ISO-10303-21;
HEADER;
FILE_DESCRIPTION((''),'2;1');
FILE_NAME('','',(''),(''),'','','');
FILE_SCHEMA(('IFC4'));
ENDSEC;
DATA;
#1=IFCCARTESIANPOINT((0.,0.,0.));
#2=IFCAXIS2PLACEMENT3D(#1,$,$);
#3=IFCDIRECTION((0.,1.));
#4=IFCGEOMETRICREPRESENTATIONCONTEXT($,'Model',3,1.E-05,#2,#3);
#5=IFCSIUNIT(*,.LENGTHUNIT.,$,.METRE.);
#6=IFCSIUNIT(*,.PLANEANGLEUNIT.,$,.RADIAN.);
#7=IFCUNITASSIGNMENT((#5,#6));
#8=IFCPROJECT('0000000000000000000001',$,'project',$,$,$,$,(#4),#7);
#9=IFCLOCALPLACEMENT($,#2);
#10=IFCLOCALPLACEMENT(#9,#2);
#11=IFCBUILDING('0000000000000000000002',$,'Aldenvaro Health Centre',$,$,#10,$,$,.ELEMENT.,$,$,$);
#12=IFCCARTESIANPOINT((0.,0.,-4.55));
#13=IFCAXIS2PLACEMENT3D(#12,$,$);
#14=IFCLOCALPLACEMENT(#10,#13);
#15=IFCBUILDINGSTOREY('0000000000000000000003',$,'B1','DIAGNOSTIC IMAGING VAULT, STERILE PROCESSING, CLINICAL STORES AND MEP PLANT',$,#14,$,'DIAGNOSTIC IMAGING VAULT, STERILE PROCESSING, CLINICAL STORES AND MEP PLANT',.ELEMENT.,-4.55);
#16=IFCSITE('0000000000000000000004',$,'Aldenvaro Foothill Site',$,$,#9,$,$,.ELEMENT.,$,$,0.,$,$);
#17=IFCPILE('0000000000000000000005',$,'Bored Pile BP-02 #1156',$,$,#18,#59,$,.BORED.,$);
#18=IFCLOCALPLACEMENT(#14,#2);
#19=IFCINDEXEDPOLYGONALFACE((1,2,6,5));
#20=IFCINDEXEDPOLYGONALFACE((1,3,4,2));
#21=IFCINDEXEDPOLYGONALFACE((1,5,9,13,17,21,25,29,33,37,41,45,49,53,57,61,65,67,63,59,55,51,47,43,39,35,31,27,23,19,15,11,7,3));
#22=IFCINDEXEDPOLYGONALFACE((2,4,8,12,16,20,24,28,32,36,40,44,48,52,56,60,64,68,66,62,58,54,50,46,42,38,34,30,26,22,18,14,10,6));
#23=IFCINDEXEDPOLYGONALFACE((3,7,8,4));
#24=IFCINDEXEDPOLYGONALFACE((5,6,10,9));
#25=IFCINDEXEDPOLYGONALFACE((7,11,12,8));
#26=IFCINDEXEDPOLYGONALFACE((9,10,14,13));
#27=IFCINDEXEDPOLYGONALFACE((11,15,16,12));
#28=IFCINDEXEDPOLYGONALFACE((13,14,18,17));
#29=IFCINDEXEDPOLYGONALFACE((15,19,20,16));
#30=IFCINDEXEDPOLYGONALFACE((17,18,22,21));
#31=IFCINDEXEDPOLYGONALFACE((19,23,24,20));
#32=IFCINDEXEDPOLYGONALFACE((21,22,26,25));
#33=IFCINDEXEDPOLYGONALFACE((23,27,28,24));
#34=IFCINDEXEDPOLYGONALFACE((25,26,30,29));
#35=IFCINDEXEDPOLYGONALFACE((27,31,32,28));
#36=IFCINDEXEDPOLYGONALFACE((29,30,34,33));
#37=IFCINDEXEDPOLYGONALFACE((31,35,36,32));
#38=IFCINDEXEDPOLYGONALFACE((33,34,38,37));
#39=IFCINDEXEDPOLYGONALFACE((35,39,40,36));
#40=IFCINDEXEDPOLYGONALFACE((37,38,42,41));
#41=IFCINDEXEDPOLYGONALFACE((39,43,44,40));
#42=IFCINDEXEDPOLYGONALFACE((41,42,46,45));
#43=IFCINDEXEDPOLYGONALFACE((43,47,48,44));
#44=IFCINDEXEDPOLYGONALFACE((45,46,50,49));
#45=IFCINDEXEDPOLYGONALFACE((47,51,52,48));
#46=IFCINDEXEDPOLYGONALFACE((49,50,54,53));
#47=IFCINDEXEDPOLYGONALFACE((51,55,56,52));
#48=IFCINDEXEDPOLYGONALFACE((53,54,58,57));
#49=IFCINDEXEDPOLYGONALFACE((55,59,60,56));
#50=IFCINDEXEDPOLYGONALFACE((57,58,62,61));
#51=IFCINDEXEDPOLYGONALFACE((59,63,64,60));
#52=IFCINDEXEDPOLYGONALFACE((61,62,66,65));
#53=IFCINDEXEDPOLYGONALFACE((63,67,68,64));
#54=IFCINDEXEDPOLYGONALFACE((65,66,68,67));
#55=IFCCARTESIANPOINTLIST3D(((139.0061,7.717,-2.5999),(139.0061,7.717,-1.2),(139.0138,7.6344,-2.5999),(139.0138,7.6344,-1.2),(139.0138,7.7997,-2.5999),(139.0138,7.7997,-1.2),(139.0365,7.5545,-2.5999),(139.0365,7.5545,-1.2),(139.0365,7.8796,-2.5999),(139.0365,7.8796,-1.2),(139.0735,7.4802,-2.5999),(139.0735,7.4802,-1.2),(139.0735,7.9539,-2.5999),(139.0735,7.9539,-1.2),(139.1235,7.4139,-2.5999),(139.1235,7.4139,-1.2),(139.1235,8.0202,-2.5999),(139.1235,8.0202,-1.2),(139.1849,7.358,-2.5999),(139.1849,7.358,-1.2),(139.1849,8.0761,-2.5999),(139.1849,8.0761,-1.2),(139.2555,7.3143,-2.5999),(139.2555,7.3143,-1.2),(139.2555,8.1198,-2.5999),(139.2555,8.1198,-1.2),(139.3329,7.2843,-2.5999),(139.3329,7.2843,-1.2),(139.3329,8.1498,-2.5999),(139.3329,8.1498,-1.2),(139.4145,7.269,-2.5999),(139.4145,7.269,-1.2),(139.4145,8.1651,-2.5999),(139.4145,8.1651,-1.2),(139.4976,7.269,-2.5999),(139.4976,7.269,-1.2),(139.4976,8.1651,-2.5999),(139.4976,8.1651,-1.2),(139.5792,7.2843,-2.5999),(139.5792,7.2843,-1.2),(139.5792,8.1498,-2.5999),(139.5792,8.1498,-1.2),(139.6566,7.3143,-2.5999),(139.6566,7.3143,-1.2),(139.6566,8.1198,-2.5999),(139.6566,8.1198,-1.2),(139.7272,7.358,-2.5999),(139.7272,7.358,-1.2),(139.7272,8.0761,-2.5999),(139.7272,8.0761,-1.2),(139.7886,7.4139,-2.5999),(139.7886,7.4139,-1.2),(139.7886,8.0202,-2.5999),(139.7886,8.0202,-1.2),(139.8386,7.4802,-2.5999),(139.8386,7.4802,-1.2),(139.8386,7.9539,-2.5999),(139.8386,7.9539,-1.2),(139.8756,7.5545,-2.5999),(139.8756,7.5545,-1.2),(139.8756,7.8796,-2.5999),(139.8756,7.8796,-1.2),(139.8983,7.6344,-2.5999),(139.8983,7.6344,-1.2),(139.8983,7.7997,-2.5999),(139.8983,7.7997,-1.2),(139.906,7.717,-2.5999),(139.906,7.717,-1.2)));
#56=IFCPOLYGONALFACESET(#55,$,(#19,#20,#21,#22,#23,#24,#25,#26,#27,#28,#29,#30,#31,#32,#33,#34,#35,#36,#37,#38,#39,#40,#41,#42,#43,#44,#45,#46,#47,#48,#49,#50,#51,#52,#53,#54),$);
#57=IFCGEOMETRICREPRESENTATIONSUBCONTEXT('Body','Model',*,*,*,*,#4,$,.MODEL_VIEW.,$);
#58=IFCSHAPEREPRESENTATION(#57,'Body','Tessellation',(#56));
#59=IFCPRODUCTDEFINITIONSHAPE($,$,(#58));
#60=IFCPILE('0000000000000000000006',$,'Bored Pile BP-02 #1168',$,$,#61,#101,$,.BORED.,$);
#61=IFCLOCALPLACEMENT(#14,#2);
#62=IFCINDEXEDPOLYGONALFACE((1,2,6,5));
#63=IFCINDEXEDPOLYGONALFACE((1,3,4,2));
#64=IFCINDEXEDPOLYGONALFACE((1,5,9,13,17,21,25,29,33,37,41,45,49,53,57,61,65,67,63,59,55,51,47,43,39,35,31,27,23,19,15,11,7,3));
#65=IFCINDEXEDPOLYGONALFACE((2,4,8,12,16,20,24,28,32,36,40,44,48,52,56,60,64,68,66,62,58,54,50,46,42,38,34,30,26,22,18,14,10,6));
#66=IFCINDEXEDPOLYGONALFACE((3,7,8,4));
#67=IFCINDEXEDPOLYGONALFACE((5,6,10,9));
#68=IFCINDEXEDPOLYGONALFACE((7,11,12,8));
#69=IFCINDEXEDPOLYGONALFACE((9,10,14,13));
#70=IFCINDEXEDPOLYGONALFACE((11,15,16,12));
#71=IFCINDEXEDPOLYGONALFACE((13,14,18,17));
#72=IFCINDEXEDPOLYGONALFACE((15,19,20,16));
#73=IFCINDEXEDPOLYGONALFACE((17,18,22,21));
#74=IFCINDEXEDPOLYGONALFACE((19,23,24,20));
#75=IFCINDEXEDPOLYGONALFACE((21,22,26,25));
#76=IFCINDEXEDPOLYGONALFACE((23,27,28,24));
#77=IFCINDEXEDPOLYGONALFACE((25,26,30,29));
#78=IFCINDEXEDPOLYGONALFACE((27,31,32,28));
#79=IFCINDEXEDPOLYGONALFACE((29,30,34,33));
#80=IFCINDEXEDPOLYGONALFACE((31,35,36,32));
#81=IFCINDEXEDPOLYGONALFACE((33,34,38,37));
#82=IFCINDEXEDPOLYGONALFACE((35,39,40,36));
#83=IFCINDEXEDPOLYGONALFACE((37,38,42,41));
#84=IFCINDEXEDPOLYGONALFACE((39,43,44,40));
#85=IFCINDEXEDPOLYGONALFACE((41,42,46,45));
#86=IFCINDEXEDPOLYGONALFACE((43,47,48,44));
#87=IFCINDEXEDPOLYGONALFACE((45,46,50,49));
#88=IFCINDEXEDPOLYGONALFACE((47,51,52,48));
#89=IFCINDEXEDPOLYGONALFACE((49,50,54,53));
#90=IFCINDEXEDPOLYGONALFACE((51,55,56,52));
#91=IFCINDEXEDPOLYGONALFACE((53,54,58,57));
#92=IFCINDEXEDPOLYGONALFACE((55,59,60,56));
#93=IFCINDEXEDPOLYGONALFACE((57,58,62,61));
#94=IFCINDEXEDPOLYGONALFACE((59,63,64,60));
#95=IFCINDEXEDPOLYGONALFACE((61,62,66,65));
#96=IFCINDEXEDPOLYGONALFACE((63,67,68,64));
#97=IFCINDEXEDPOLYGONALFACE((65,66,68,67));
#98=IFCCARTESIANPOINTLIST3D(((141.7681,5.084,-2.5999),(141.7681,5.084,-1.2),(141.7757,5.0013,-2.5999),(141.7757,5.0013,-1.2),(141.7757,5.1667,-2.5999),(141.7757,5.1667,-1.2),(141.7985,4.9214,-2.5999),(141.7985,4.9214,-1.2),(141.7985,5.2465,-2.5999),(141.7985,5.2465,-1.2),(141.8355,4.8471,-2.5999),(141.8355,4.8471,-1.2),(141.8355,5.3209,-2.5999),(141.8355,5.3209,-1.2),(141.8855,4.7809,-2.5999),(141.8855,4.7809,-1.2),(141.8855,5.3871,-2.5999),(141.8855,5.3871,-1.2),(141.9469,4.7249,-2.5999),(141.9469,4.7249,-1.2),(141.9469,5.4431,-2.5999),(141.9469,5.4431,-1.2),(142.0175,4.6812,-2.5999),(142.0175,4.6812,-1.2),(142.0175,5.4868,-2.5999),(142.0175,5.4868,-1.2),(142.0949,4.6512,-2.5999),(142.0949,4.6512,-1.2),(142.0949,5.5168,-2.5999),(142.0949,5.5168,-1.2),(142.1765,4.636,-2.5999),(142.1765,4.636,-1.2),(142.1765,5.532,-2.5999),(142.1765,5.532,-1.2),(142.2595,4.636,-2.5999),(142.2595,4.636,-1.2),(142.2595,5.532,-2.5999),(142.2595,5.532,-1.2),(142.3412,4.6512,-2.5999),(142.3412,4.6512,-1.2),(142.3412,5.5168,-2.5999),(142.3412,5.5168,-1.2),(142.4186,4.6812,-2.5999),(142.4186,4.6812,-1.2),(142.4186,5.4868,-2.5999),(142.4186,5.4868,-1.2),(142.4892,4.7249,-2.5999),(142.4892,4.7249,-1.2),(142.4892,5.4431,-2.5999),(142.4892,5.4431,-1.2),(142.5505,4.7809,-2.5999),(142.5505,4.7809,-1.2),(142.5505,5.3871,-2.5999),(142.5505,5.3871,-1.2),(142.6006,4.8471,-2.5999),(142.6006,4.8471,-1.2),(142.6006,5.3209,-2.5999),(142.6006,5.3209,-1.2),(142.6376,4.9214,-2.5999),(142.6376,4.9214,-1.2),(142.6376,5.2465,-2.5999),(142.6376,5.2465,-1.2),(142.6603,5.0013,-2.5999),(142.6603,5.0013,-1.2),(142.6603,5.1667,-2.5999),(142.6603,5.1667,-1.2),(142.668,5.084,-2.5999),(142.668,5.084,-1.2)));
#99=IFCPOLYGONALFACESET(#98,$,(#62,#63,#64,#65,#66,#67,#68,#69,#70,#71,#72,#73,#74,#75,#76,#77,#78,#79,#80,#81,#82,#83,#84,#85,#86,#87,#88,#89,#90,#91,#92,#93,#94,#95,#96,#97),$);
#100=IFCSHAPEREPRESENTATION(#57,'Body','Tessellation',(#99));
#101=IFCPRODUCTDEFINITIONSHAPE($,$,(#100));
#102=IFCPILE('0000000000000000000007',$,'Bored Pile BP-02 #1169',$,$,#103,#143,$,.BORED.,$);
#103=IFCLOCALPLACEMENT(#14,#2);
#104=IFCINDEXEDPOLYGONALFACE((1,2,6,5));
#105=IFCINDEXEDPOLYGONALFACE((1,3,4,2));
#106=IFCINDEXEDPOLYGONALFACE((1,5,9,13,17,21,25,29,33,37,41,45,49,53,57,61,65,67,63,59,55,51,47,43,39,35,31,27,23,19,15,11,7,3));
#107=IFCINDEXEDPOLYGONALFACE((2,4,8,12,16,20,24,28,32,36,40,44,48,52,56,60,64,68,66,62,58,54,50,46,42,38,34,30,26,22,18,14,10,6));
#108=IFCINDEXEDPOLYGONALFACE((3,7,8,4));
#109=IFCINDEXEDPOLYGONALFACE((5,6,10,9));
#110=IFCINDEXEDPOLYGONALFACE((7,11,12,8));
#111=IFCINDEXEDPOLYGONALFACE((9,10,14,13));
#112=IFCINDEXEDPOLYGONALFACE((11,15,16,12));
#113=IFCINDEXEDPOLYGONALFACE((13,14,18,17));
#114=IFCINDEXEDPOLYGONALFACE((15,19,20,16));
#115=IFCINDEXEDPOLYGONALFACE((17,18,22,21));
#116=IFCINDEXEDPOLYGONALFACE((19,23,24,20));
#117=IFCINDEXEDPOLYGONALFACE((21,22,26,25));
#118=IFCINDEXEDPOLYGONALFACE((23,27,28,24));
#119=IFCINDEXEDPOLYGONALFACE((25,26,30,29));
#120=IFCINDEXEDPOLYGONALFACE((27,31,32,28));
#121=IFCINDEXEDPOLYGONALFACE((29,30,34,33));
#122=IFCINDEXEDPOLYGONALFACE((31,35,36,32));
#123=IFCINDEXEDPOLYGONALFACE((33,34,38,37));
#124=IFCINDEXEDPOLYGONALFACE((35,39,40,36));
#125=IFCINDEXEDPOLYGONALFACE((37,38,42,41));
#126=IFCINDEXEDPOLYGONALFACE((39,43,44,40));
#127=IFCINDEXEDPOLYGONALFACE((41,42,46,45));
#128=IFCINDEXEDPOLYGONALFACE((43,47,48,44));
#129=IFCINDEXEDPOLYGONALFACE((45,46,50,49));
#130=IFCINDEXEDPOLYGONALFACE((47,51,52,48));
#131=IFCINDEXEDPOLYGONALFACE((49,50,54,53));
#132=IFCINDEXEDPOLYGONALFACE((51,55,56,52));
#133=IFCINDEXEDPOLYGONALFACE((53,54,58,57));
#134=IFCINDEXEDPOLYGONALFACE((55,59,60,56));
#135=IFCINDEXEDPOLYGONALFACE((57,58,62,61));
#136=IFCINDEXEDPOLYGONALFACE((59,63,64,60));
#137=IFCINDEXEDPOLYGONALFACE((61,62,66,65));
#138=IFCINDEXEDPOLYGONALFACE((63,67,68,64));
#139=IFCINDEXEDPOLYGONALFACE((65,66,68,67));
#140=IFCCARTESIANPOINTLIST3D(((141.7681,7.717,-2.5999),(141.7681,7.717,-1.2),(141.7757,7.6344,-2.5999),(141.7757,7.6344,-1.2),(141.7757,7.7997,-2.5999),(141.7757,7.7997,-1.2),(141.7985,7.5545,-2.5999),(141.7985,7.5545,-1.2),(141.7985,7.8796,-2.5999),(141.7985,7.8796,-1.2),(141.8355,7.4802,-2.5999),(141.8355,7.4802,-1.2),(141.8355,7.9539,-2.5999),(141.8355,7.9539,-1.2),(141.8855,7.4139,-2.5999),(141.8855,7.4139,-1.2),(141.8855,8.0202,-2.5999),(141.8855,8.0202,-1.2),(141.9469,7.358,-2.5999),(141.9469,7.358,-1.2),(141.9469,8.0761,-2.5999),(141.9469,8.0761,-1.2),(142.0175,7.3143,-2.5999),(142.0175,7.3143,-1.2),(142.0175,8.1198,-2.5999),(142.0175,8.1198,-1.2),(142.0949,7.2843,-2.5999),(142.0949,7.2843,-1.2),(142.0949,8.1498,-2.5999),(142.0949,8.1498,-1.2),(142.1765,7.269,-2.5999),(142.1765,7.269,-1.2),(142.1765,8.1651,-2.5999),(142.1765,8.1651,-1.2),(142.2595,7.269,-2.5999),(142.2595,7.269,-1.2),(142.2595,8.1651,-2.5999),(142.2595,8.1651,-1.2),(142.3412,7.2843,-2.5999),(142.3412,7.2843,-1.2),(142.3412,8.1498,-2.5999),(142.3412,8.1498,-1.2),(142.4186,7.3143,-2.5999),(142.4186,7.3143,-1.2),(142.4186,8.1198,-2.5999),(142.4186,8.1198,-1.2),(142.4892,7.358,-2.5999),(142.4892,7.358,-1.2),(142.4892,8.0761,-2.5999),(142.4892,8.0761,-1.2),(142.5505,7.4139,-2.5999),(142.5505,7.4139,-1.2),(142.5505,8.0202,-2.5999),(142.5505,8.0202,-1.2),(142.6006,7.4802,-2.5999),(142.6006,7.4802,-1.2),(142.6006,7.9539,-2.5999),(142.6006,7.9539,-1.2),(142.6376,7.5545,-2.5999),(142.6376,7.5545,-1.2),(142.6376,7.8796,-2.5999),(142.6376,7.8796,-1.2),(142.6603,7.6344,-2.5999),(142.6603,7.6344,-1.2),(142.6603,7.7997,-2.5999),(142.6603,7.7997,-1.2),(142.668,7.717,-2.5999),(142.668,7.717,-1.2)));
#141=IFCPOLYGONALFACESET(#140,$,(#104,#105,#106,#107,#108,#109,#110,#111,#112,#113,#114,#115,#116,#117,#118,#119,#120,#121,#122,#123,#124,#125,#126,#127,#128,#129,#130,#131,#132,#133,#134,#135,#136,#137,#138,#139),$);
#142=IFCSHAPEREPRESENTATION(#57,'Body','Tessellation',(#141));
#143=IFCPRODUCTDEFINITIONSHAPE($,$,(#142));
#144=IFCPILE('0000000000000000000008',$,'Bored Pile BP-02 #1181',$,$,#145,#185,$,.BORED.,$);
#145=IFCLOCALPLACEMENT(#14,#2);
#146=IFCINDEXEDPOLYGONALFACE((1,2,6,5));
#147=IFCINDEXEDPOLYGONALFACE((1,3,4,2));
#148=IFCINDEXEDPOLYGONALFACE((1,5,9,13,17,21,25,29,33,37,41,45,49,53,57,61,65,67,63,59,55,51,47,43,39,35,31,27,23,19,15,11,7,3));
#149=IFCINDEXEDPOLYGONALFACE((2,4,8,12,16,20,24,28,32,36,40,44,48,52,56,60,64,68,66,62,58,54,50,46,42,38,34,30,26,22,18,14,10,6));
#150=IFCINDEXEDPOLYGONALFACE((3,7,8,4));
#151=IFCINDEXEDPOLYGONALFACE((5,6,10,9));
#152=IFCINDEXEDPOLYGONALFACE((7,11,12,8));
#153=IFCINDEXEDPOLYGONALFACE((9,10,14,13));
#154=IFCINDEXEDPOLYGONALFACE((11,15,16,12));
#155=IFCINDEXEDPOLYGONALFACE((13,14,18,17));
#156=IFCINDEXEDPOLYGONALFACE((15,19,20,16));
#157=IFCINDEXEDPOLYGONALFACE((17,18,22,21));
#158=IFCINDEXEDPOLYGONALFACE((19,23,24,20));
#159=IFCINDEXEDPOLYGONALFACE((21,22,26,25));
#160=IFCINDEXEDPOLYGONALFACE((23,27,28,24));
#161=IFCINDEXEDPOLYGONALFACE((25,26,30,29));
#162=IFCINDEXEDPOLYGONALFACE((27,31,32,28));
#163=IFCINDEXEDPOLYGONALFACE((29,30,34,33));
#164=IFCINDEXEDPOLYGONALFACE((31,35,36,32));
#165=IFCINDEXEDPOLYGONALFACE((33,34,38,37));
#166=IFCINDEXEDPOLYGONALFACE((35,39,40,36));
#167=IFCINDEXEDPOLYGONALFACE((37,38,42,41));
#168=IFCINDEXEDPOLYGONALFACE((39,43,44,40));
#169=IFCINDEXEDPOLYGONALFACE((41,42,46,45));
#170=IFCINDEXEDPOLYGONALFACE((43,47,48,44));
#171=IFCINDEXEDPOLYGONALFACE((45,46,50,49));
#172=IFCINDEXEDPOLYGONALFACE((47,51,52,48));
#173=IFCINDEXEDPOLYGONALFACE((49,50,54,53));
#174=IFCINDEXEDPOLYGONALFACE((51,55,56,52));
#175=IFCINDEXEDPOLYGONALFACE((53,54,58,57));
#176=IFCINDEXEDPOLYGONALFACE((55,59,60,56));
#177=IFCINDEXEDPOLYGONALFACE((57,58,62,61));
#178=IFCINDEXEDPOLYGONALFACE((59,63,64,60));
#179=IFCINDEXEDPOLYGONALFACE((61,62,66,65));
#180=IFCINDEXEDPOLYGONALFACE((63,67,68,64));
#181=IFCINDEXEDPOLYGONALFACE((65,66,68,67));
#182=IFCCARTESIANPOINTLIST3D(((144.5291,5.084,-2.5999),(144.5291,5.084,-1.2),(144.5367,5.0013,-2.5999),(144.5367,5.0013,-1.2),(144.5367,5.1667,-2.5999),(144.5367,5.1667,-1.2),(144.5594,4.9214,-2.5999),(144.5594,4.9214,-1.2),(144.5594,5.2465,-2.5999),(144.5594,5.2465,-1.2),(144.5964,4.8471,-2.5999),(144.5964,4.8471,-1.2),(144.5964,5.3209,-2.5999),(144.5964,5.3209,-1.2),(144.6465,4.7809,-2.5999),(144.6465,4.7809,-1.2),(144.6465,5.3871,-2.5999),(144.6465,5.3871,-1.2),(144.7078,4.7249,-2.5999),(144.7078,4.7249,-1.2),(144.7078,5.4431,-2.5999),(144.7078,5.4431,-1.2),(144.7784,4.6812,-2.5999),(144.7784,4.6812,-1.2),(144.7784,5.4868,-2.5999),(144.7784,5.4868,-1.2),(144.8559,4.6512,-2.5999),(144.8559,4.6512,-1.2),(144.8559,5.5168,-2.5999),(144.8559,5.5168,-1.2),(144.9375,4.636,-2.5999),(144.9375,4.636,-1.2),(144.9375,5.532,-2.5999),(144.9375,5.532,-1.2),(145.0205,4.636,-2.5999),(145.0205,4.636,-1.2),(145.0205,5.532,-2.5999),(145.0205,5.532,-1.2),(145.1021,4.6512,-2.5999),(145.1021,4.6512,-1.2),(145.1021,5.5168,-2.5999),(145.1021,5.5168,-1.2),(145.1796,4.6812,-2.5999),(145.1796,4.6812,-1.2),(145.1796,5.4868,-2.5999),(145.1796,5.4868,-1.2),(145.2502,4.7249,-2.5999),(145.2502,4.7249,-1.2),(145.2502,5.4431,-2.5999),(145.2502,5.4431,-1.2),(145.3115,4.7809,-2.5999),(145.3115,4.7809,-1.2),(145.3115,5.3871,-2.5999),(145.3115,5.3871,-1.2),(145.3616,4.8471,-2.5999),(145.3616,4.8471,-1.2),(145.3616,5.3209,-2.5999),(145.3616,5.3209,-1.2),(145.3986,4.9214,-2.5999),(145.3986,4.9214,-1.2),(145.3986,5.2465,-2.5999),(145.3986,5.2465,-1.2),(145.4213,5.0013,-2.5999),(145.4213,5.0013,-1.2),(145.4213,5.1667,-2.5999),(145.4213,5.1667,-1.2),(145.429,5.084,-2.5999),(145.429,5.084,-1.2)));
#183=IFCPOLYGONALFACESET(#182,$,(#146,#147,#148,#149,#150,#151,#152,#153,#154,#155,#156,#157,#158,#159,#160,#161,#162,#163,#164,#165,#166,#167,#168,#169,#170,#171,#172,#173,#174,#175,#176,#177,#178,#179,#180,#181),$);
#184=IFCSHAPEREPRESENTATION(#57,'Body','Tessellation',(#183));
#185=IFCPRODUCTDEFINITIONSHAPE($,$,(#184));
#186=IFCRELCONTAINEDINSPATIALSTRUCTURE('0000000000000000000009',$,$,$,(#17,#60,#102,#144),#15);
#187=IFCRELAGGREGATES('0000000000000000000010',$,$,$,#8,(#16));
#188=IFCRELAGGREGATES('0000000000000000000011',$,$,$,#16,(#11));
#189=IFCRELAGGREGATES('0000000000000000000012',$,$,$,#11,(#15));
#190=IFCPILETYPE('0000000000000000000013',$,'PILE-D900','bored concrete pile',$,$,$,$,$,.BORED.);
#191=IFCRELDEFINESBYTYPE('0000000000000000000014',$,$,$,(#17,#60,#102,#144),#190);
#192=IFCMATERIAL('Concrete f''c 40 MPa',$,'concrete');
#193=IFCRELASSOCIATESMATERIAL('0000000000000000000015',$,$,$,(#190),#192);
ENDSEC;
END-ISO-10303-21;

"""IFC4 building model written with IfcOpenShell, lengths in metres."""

from ifc_helpers import new_model, si_unit, direction, frame, origin, origin_2d, place, context, subcontext, project, spatial, circle, extrude, material, material_profile, profile_set, type_object, element, save


model = new_model("IFC4")

# Units and contexts
model_context = context("Model", 3, precision=1e-05, world=origin(), true_north=direction((0.0, 1.0)))
body_context = subcontext(model_context, "Body", "Model", "MODEL_VIEW")
ifc_project = project(units=[si_unit("LENGTHUNIT", "METRE"), si_unit("PLANEANGLEUNIT", "RADIAN")], contexts=[model_context])

# Site, building, storey
site_placement = place(None, origin())
site = spatial("IfcSite", under=ifc_project, at=site_placement, Name="Aldenvaro Foothill Site", CompositionType="ELEMENT", RefElevation=0.0)
building_placement = place(site_placement, origin())
building = spatial("IfcBuilding", under=site, at=building_placement, Name="Aldenvaro Health Centre", CompositionType="ELEMENT")
storey_placement = place(building_placement, frame((0.0, 0.0, -4.55)))
storey = spatial("IfcBuildingStorey", under=building, at=storey_placement, Name="B1", Description="DIAGNOSTIC IMAGING VAULT, STERILE PROCESSING, CLINICAL STORES AND MEP PLANT", LongName="DIAGNOSTIC IMAGING VAULT, STERILE PROCESSING, CLINICAL STORES AND MEP PLANT", CompositionType="ELEMENT", Elevation=-4.55)

# Shared definitions
ifc_material_1 = material(Name="Concrete f'c 40 MPa", Category="concrete")

# Piles
ifc_material_profile_1 = material_profile(ifc_material_1, circle(Radius=0.45, at=origin_2d()), Name="PILE D900", Category="concrete")
ifc_profile_set_1 = profile_set([ifc_material_profile_1], Name="Concrete f'c 40 MPa")
pile_type_1 = type_object("IfcPileType", Name="PILE-D900", Description="bored concrete pile", PredefinedType="BORED", material=ifc_profile_set_1)
for number, where, z_axis, x_axis, name in (
    (1, (139.4561, 7.717, -1.2), (0.0, 0.0, -1.0), (1.0, 0.0, 0.0), "Bored Pile BP-02 #1156"),
    (2, (142.218, 5.084, -1.2), (0.0, 0.0, -1.0), (1.0, 0.0, 0.0), "Bored Pile BP-02 #1168"),
    (3, (142.218, 7.717, -1.2), (0.0, 0.0, -1.0), (1.0, 0.0, 0.0), "Bored Pile BP-02 #1169"),
    (4, (144.979, 5.084, -1.2), (0.0, 0.0, -1.0), (1.0, 0.0, 0.0), "Bored Pile BP-02 #1181"),
):
    element("IfcPile", number, at=place(storey_placement, frame(where, z_axis=z_axis, x_axis=x_axis)), inside=storey, type_object=pile_type_1, Name=name, PredefinedType="BORED", context=body_context, shape_type="SweptSolid", body=[
        extrude(circle(Radius=0.45, at=origin_2d()), origin(), (0.0, 0.0, 1.0), 1.3999),
    ])

save(model, "model.ifc")
